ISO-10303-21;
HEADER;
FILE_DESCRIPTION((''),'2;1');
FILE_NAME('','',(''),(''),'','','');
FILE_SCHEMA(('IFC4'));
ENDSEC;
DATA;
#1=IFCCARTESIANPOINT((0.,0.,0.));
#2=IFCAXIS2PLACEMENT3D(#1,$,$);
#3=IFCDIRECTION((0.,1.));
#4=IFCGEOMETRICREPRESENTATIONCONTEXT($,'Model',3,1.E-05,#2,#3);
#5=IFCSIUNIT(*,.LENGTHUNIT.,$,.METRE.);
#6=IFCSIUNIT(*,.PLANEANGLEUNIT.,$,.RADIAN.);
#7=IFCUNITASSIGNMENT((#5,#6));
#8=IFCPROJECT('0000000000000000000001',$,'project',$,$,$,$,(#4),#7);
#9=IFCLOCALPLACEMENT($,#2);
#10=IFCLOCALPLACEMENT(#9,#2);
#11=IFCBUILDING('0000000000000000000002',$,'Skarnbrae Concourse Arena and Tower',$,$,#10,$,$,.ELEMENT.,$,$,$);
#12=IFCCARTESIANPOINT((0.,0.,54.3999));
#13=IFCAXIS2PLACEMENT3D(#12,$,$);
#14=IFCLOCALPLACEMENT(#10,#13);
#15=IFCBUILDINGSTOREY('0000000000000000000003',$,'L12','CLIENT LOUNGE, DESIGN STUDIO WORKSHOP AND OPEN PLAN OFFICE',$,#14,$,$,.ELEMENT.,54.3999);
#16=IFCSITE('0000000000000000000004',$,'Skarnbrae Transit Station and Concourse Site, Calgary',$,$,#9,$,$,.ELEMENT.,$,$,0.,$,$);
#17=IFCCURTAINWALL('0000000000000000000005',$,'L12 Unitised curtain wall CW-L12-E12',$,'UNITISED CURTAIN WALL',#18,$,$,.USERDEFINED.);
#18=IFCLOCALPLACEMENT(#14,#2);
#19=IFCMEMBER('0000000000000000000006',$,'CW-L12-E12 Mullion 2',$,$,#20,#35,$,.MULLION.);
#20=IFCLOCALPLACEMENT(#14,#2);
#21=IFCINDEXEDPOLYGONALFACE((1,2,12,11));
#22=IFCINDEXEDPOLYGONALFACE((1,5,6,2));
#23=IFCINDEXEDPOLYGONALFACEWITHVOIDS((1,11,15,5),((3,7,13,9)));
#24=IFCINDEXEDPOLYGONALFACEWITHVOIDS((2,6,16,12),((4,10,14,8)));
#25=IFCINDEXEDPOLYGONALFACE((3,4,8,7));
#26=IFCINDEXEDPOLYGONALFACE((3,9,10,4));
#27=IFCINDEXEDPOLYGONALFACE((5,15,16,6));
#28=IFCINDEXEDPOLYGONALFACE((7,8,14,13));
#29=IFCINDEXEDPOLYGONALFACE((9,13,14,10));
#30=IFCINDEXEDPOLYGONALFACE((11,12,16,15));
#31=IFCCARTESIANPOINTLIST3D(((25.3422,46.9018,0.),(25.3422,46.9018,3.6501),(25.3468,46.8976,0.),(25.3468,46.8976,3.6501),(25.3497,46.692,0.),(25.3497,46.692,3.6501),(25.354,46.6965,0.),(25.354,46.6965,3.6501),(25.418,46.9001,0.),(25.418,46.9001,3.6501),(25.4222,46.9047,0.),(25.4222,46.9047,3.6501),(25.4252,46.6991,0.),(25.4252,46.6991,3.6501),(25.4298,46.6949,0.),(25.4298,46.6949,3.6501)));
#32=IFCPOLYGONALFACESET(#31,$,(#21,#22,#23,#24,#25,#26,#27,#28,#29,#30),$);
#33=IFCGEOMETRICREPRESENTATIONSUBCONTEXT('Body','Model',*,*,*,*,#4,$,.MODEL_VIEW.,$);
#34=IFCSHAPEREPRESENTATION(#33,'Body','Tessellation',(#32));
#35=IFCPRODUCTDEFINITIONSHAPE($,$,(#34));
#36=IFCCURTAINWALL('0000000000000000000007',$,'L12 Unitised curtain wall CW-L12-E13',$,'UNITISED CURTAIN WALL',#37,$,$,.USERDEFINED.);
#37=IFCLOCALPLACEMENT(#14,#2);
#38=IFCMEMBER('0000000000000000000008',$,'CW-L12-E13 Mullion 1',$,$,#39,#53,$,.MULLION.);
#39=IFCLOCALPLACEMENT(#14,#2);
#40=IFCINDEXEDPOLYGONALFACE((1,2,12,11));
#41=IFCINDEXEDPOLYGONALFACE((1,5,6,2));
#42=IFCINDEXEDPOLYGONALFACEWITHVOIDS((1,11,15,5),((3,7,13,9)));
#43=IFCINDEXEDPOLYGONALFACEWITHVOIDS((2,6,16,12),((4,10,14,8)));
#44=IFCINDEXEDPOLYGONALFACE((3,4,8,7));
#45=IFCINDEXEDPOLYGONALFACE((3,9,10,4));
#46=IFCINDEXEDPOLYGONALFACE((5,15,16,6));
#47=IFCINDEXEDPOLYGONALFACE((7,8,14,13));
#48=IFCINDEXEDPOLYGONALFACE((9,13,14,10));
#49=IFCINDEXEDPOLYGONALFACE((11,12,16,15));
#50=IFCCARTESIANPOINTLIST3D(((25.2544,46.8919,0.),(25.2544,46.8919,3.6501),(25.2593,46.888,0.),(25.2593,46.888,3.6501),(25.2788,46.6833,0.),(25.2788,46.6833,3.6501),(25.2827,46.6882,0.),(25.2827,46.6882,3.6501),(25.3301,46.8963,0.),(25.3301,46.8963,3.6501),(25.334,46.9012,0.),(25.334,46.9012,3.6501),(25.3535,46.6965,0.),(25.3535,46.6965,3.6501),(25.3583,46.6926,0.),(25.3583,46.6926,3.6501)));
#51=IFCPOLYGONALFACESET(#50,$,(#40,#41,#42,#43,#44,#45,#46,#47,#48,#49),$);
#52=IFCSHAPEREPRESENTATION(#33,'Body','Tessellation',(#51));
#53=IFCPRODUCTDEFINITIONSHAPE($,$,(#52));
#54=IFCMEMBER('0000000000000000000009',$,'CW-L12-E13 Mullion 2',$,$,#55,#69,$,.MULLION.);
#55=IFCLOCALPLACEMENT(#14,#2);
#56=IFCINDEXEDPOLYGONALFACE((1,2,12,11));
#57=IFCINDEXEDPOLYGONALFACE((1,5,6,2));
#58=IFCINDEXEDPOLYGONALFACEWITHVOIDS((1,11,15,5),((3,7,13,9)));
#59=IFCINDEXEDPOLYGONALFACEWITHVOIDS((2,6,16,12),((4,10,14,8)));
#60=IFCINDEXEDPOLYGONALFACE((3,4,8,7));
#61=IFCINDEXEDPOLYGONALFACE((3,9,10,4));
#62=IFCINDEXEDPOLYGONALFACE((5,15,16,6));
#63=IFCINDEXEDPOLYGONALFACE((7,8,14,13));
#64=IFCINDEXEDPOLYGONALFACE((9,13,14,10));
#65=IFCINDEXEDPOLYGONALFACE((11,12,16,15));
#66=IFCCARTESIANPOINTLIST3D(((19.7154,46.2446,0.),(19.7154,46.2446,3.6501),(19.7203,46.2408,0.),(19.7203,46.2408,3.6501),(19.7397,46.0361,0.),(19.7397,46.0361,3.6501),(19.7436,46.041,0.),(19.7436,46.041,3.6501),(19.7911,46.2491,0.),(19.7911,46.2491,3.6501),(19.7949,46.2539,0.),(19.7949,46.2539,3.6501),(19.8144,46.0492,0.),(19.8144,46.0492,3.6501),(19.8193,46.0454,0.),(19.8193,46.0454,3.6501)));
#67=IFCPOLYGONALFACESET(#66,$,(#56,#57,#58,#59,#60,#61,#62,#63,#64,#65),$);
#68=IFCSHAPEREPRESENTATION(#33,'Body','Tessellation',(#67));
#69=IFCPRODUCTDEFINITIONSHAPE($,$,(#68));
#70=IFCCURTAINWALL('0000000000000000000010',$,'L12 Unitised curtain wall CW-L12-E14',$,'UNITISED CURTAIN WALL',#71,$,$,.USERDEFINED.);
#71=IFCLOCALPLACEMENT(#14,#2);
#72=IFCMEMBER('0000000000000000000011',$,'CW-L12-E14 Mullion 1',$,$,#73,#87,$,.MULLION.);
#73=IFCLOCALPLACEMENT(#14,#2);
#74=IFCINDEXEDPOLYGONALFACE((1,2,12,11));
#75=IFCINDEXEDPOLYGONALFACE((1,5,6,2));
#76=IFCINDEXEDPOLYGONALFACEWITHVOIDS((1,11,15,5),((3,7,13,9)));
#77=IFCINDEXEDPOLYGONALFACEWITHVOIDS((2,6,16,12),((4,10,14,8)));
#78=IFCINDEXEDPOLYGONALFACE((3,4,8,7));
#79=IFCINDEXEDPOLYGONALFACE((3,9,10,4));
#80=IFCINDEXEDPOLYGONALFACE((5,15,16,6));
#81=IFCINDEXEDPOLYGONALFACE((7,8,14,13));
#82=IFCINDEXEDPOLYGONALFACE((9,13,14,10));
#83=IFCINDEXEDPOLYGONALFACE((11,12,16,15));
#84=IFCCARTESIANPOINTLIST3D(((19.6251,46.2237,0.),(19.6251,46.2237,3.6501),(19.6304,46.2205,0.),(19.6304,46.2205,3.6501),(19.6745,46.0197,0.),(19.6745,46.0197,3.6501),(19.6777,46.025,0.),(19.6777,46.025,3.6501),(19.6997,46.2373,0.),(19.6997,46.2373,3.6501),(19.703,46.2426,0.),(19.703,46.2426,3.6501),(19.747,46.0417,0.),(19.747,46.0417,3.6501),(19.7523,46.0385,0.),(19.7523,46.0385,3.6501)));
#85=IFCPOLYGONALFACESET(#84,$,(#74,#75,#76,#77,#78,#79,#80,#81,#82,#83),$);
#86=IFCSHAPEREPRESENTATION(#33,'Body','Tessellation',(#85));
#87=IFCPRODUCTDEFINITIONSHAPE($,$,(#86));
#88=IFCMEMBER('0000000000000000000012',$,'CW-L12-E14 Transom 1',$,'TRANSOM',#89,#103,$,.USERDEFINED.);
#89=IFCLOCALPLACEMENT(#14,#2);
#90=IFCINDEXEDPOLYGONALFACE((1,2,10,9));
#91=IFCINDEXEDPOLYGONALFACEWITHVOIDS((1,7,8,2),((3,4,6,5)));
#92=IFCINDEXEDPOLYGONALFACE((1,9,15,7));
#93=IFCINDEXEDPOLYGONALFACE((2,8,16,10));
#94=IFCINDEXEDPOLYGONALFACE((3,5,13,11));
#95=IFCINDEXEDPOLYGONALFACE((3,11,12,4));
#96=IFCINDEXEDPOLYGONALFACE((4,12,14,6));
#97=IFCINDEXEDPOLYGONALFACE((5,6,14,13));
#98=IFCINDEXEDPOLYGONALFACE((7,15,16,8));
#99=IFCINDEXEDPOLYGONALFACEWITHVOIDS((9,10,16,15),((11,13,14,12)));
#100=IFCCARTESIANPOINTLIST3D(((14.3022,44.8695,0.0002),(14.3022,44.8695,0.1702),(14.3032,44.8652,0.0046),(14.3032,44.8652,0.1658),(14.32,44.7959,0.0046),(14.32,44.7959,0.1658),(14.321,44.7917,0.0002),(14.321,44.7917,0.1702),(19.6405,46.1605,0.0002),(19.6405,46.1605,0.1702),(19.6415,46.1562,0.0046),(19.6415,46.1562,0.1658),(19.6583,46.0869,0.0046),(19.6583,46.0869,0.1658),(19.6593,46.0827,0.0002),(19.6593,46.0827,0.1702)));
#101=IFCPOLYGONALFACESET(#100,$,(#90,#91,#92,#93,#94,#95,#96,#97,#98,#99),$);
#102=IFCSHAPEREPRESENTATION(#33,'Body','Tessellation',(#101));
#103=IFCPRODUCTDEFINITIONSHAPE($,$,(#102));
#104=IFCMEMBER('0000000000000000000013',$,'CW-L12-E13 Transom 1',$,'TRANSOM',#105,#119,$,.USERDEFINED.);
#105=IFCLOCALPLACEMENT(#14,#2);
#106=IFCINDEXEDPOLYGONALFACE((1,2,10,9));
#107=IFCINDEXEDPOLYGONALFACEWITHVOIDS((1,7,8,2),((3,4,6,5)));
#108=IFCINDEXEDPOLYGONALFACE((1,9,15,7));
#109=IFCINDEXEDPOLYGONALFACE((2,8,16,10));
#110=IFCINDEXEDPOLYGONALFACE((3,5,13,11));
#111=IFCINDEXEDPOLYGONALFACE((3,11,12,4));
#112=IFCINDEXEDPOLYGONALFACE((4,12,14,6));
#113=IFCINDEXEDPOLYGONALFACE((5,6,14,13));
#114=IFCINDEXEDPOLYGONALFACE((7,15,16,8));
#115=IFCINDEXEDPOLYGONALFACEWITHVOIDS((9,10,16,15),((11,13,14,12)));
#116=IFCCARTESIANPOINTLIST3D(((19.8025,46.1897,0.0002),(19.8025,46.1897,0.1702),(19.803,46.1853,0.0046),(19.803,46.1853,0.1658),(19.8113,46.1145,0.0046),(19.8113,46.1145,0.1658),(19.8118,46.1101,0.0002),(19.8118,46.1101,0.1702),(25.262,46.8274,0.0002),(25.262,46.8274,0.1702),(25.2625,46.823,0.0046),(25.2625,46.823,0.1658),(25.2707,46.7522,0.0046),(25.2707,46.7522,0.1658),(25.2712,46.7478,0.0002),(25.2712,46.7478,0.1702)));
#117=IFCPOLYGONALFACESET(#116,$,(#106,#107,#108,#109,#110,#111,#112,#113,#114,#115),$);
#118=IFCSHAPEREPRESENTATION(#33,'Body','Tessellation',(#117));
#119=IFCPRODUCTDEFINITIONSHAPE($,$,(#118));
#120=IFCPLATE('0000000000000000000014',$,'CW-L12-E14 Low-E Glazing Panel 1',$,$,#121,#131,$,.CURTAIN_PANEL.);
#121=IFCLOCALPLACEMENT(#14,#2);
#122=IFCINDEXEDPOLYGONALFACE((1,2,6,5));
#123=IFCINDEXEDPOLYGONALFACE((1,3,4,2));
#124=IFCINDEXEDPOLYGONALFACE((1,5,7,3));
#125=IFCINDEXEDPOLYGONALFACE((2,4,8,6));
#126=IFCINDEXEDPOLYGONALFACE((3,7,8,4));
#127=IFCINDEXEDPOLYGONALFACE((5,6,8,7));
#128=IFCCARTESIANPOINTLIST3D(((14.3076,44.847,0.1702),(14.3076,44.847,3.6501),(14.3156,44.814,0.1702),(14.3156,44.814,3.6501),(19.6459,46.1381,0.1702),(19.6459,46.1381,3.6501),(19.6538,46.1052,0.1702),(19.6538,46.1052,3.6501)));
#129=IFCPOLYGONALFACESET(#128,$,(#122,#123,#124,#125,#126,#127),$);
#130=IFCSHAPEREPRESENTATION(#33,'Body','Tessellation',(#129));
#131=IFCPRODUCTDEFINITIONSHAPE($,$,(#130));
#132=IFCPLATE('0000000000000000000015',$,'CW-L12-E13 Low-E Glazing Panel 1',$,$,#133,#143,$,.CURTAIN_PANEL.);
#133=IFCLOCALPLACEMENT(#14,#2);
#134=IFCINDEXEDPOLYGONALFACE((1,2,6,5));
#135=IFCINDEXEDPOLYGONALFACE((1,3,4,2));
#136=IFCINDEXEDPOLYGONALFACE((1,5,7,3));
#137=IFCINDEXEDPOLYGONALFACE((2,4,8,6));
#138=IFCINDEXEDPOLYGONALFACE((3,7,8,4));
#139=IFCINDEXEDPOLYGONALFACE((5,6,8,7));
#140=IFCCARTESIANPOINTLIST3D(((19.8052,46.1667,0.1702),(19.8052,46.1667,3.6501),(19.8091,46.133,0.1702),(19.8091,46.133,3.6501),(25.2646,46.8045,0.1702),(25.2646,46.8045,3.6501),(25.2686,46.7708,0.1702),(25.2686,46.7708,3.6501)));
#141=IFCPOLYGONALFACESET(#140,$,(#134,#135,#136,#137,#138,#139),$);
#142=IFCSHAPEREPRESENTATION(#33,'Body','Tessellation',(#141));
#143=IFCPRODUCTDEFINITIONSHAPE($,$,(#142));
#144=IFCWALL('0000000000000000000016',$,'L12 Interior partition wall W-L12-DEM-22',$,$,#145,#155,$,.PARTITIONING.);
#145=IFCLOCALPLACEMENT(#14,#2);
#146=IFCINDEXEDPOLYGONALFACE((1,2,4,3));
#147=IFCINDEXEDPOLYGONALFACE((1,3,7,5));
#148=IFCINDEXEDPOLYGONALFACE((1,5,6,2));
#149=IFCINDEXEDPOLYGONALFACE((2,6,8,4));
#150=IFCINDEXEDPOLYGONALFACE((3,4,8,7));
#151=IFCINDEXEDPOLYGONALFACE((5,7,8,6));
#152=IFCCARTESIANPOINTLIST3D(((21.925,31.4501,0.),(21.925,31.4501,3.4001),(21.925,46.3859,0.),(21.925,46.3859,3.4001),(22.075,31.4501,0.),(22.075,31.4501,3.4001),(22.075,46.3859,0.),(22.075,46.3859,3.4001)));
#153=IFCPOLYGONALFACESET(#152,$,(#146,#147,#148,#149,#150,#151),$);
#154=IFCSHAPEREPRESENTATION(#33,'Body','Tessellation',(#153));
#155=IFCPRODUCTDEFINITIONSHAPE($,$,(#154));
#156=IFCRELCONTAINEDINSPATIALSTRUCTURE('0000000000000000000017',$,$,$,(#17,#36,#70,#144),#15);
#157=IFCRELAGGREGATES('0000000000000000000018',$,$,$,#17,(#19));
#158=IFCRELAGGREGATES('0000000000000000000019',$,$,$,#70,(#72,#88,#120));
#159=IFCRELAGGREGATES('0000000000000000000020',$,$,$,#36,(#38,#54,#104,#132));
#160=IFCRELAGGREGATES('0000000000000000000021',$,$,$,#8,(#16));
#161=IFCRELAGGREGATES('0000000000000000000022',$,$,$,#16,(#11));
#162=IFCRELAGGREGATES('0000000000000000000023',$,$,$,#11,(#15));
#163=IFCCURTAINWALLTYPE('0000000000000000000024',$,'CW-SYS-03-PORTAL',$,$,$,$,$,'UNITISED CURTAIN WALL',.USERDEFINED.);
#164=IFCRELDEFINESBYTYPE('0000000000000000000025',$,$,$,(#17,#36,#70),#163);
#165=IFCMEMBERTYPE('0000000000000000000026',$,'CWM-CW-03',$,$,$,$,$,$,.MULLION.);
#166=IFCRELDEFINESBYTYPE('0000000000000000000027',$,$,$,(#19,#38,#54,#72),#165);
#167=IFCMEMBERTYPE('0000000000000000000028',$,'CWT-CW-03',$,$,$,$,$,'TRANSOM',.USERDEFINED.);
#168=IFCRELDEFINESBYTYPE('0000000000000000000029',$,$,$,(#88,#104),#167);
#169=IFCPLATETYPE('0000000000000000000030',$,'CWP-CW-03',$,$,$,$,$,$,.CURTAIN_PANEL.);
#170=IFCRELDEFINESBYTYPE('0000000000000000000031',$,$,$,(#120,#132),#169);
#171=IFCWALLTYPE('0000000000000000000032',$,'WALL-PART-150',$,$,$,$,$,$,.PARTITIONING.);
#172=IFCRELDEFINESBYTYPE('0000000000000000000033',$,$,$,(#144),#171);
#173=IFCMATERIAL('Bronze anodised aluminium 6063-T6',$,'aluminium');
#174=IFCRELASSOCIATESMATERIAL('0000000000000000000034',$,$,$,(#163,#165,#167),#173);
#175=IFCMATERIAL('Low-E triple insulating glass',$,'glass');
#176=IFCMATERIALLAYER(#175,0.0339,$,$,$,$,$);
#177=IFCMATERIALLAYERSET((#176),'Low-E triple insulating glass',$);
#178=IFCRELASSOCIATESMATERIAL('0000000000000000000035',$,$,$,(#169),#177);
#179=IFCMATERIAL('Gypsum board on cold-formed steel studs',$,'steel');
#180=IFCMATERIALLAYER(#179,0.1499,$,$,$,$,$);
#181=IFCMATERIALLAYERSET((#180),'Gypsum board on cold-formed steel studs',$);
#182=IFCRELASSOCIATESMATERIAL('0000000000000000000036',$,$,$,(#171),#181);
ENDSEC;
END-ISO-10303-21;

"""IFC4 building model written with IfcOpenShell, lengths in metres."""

from ifc_helpers import new_model, si_unit, direction, frame, frame_2d, origin, origin_2d, place, context, subcontext, project, spatial, rectangle, hollow_rectangle, extrude, source, transform, mapped, material, layer, layer_set, material_profile, profile_set, type_object, element, aggregate, save


model = new_model("IFC4")

# Units and contexts
model_context = context("Model", 3, precision=1e-05, world=origin(), true_north=direction((0.0, 1.0)))
body_context = subcontext(model_context, "Body", "Model", "MODEL_VIEW")
ifc_project = project(units=[si_unit("LENGTHUNIT", "METRE"), si_unit("PLANEANGLEUNIT", "RADIAN")], contexts=[model_context])

# Site, building, storey
site_placement = place(None, origin())
site = spatial("IfcSite", under=ifc_project, at=site_placement, Name="Skarnbrae Transit Station and Concourse Site, Calgary", CompositionType="ELEMENT", RefElevation=0.0)
building_placement = place(site_placement, origin())
building = spatial("IfcBuilding", under=site, at=building_placement, Name="Skarnbrae Concourse Arena and Tower", CompositionType="ELEMENT")
storey_placement = place(building_placement, frame((0.0, 0.0, 54.3999)))
storey = spatial("IfcBuildingStorey", under=building, at=storey_placement, Name="L12", Description="CLIENT LOUNGE, DESIGN STUDIO WORKSHOP AND OPEN PLAN OFFICE", CompositionType="ELEMENT", Elevation=54.3999)

# Curtain wall, member
ifc_material_1 = material(Name="Bronze anodised aluminium 6063-T6", Category="aluminium")
curtain_wall_type = type_object("IfcCurtainWallType", Name="CW-SYS-03-PORTAL", ElementType="UNITISED CURTAIN WALL", PredefinedType="USERDEFINED", material=ifc_material_1)
curtain_wall_1_placement = place(storey_placement, origin())
curtain_wall_1 = element("IfcCurtainWall", 1, at=curtain_wall_1_placement, inside=storey, type_object=curtain_wall_type, Name="L12 Unitised curtain wall CW-L12-E12", ObjectType="UNITISED CURTAIN WALL", PredefinedType="USERDEFINED")
ifc_material_profile_1 = material_profile(ifc_material_1, hollow_rectangle(XDim=0.0801, YDim=0.21, WallThickness=0.0044, at=origin_2d()), Name="ALU-MULL-80X210")
ifc_profile_set_1 = profile_set([ifc_material_profile_1], Name="Bronze anodised aluminium 6063-T6")
member_type_1 = type_object("IfcMemberType", Name="CWM-CW-03", PredefinedType="MULLION", material=ifc_profile_set_1)
shared_shape_1 = source(origin(), body_context, "Body", "SweptSolid", [
    extrude(hollow_rectangle(XDim=0.0801, YDim=0.21, WallThickness=0.0044, at=origin_2d()), origin(), (0.0, 0.0, 1.0), 3.6501),
])
member_1_placement = place(storey_placement, frame((25.386, 46.7983, 0.0), z_axis=(0.0, 0.0, 1.0), x_axis=(-0.999355, -0.035899, 0.0)))
member_1 = element("IfcMember", 2, at=member_1_placement, type_object=member_type_1, Name="CW-L12-E12 Mullion 2", PredefinedType="MULLION", context=body_context, shape_type="MappedRepresentation", body=[
    mapped(shared_shape_1, transform((0.0, 0.0, 0.0))),
])
aggregate(curtain_wall_1, [member_1])

# Curtain walls, members
curtain_wall_2_placement = place(storey_placement, origin())
curtain_wall_2 = element("IfcCurtainWall", 3, at=curtain_wall_2_placement, inside=storey, type_object=curtain_wall_type, Name="L12 Unitised curtain wall CW-L12-E13", ObjectType="UNITISED CURTAIN WALL", PredefinedType="USERDEFINED")
member_2_placement = place(storey_placement, frame((25.3064, 46.7922, 0.0), z_axis=(0.0, 0.0, 1.0), x_axis=(-0.993245, -0.11604, 0.0)))
member_2 = element("IfcMember", 4, at=member_2_placement, type_object=member_type_1, Name="CW-L12-E13 Mullion 1", PredefinedType="MULLION", context=body_context, shape_type="MappedRepresentation", body=[
    mapped(shared_shape_1, transform((0.0, 0.0, 0.0))),
])
member_3_placement = place(storey_placement, frame((19.7673, 46.145, 0.0), z_axis=(0.0, 0.0, 1.0), x_axis=(-0.993245, -0.11604, 0.0)))
member_3 = element("IfcMember", 5, at=member_3_placement, type_object=member_type_1, Name="CW-L12-E13 Mullion 2", PredefinedType="MULLION", context=body_context, shape_type="MappedRepresentation", body=[
    mapped(shared_shape_1, transform((0.0, 0.0, 0.0))),
])
curtain_wall_3_placement = place(storey_placement, origin())
curtain_wall_3 = element("IfcCurtainWall", 6, at=curtain_wall_3_placement, inside=storey, type_object=curtain_wall_type, Name="L12 Unitised curtain wall CW-L12-E14", ObjectType="UNITISED CURTAIN WALL", PredefinedType="USERDEFINED")
member_4_placement = place(storey_placement, frame((19.6887, 46.1311, 0.0), z_axis=(0.0, 0.0, 1.0), x_axis=(-0.971974, -0.23509, 0.0)))
member_4 = element("IfcMember", 7, at=member_4_placement, type_object=member_type_1, Name="CW-L12-E14 Mullion 1", PredefinedType="MULLION", context=body_context, shape_type="MappedRepresentation", body=[
    mapped(shared_shape_1, transform((0.0, 0.0, 0.0))),
])
ifc_material_profile_2 = material_profile(ifc_material_1, hollow_rectangle(XDim=0.0801, YDim=0.1699, WallThickness=0.0044, at=origin_2d()), Name="ALU-TRAN-80X170")
ifc_profile_set_2 = profile_set([ifc_material_profile_2], Name="Bronze anodised aluminium 6063-T6")
member_type_2 = type_object("IfcMemberType", Name="CWT-CW-03", ElementType="TRANSOM", PredefinedType="USERDEFINED", material=ifc_profile_set_2)
shared_shape_2 = source(origin(), body_context, "Body", "SweptSolid", [
    extrude(hollow_rectangle(XDim=0.0801, YDim=0.1699, WallThickness=0.0044, at=origin_2d()), origin(), (0.0, 0.0, 1.0), 5.4922),
])
member_5_placement = place(storey_placement, frame((19.6499, 46.1216, 0.0852), z_axis=(-0.971981, -0.235061, 0.0), x_axis=(0.235061, -0.971981, 0.0)))
member_5 = element("IfcMember", 8, at=member_5_placement, type_object=member_type_2, Name="CW-L12-E14 Transom 1", ObjectType="TRANSOM", PredefinedType="USERDEFINED", context=body_context, shape_type="MappedRepresentation", body=[
    mapped(shared_shape_2, transform((0.0, 0.0, 0.0))),
])

# Member
shared_shape_3 = source(origin(), body_context, "Body", "SweptSolid", [
    extrude(hollow_rectangle(XDim=0.0801, YDim=0.1699, WallThickness=0.0044, at=origin_2d()), origin(), (0.0, 0.0, 1.0), 5.4966),
])
member_6_placement = place(storey_placement, frame((25.2666, 46.7876, 0.0852), z_axis=(-0.993247, -0.116017, 0.0), x_axis=(0.116017, -0.993247, 0.0)))
member_6 = element("IfcMember", 9, at=member_6_placement, type_object=member_type_2, Name="CW-L12-E13 Transom 1", ObjectType="TRANSOM", PredefinedType="USERDEFINED", context=body_context, shape_type="MappedRepresentation", body=[
    mapped(shared_shape_3, transform((0.0, 0.0, 0.0))),
])

# Plates
ifc_material_2 = material(Name="Low-E triple insulating glass", Category="glass")
ifc_layer_1 = layer(ifc_material_2, 0.0339)
ifc_layer_set_1 = layer_set([ifc_layer_1], Name="Low-E triple insulating glass")
plate_type = type_object("IfcPlateType", Name="CWP-CW-03", PredefinedType="CURTAIN_PANEL", material=ifc_layer_set_1)
shared_shape_4 = source(origin(), body_context, "Body", "SweptSolid", [
    extrude(rectangle(XDim=5.4922, YDim=0.0339, at=origin_2d()), origin(), (0.0, 0.0, 1.0), 3.48),
])
plate_1_placement = place(storey_placement, frame((16.9807, 45.4761, 0.1702), z_axis=(0.0, 0.0, 1.0), x_axis=(-0.971974, -0.23509, 0.0)))
plate_1 = element("IfcPlate", 10, at=plate_1_placement, type_object=plate_type, Name="CW-L12-E14 Low-E Glazing Panel 1", PredefinedType="CURTAIN_PANEL", context=body_context, shape_type="MappedRepresentation", body=[
    mapped(shared_shape_4, transform((0.0, 0.0, 0.0))),
])
aggregate(curtain_wall_3, [member_4, member_5, plate_1])
shared_shape_5 = source(origin(), body_context, "Body", "SweptSolid", [
    extrude(rectangle(XDim=5.4966, YDim=0.0339, at=origin_2d()), origin(), (0.0, 0.0, 1.0), 3.48),
])
plate_2_placement = place(storey_placement, frame((22.5369, 46.4688, 0.1702), z_axis=(0.0, 0.0, 1.0), x_axis=(-0.993245, -0.11604, 0.0)))
plate_2 = element("IfcPlate", 11, at=plate_2_placement, type_object=plate_type, Name="CW-L12-E13 Low-E Glazing Panel 1", PredefinedType="CURTAIN_PANEL", context=body_context, shape_type="MappedRepresentation", body=[
    mapped(shared_shape_5, transform((0.0, 0.0, 0.0))),
])
aggregate(curtain_wall_2, [member_2, member_3, member_6, plate_2])

# Wall
ifc_material_3 = material(Name="Gypsum board on cold-formed steel studs", Category="steel")
ifc_layer_2 = layer(ifc_material_3, 0.1499)
ifc_layer_set_2 = layer_set([ifc_layer_2], Name="Gypsum board on cold-formed steel studs")
wall_type = type_object("IfcWallType", Name="WALL-PART-150", PredefinedType="PARTITIONING", material=ifc_layer_set_2)
shared_shape_6 = source(origin(), body_context, "Body", "SweptSolid", [
    extrude(rectangle(XDim=14.9358, YDim=0.1499, at=frame_2d((7.4678, 0.0))), origin(), (0.0, 0.0, 1.0), 3.4001),
])
wall_placement = place(storey_placement, frame((22.0, 46.3857, 0.0), z_axis=(0.0, 0.0, 1.0), x_axis=(0.0, -1.0, 0.0)))
element("IfcWall", 12, at=wall_placement, inside=storey, type_object=wall_type, Name="L12 Interior partition wall W-L12-DEM-22", PredefinedType="PARTITIONING", context=body_context, shape_type="MappedRepresentation", body=[
    mapped(shared_shape_6, transform((0.0, 0.0, 0.0))),
])

save(model, "model.ifc")
